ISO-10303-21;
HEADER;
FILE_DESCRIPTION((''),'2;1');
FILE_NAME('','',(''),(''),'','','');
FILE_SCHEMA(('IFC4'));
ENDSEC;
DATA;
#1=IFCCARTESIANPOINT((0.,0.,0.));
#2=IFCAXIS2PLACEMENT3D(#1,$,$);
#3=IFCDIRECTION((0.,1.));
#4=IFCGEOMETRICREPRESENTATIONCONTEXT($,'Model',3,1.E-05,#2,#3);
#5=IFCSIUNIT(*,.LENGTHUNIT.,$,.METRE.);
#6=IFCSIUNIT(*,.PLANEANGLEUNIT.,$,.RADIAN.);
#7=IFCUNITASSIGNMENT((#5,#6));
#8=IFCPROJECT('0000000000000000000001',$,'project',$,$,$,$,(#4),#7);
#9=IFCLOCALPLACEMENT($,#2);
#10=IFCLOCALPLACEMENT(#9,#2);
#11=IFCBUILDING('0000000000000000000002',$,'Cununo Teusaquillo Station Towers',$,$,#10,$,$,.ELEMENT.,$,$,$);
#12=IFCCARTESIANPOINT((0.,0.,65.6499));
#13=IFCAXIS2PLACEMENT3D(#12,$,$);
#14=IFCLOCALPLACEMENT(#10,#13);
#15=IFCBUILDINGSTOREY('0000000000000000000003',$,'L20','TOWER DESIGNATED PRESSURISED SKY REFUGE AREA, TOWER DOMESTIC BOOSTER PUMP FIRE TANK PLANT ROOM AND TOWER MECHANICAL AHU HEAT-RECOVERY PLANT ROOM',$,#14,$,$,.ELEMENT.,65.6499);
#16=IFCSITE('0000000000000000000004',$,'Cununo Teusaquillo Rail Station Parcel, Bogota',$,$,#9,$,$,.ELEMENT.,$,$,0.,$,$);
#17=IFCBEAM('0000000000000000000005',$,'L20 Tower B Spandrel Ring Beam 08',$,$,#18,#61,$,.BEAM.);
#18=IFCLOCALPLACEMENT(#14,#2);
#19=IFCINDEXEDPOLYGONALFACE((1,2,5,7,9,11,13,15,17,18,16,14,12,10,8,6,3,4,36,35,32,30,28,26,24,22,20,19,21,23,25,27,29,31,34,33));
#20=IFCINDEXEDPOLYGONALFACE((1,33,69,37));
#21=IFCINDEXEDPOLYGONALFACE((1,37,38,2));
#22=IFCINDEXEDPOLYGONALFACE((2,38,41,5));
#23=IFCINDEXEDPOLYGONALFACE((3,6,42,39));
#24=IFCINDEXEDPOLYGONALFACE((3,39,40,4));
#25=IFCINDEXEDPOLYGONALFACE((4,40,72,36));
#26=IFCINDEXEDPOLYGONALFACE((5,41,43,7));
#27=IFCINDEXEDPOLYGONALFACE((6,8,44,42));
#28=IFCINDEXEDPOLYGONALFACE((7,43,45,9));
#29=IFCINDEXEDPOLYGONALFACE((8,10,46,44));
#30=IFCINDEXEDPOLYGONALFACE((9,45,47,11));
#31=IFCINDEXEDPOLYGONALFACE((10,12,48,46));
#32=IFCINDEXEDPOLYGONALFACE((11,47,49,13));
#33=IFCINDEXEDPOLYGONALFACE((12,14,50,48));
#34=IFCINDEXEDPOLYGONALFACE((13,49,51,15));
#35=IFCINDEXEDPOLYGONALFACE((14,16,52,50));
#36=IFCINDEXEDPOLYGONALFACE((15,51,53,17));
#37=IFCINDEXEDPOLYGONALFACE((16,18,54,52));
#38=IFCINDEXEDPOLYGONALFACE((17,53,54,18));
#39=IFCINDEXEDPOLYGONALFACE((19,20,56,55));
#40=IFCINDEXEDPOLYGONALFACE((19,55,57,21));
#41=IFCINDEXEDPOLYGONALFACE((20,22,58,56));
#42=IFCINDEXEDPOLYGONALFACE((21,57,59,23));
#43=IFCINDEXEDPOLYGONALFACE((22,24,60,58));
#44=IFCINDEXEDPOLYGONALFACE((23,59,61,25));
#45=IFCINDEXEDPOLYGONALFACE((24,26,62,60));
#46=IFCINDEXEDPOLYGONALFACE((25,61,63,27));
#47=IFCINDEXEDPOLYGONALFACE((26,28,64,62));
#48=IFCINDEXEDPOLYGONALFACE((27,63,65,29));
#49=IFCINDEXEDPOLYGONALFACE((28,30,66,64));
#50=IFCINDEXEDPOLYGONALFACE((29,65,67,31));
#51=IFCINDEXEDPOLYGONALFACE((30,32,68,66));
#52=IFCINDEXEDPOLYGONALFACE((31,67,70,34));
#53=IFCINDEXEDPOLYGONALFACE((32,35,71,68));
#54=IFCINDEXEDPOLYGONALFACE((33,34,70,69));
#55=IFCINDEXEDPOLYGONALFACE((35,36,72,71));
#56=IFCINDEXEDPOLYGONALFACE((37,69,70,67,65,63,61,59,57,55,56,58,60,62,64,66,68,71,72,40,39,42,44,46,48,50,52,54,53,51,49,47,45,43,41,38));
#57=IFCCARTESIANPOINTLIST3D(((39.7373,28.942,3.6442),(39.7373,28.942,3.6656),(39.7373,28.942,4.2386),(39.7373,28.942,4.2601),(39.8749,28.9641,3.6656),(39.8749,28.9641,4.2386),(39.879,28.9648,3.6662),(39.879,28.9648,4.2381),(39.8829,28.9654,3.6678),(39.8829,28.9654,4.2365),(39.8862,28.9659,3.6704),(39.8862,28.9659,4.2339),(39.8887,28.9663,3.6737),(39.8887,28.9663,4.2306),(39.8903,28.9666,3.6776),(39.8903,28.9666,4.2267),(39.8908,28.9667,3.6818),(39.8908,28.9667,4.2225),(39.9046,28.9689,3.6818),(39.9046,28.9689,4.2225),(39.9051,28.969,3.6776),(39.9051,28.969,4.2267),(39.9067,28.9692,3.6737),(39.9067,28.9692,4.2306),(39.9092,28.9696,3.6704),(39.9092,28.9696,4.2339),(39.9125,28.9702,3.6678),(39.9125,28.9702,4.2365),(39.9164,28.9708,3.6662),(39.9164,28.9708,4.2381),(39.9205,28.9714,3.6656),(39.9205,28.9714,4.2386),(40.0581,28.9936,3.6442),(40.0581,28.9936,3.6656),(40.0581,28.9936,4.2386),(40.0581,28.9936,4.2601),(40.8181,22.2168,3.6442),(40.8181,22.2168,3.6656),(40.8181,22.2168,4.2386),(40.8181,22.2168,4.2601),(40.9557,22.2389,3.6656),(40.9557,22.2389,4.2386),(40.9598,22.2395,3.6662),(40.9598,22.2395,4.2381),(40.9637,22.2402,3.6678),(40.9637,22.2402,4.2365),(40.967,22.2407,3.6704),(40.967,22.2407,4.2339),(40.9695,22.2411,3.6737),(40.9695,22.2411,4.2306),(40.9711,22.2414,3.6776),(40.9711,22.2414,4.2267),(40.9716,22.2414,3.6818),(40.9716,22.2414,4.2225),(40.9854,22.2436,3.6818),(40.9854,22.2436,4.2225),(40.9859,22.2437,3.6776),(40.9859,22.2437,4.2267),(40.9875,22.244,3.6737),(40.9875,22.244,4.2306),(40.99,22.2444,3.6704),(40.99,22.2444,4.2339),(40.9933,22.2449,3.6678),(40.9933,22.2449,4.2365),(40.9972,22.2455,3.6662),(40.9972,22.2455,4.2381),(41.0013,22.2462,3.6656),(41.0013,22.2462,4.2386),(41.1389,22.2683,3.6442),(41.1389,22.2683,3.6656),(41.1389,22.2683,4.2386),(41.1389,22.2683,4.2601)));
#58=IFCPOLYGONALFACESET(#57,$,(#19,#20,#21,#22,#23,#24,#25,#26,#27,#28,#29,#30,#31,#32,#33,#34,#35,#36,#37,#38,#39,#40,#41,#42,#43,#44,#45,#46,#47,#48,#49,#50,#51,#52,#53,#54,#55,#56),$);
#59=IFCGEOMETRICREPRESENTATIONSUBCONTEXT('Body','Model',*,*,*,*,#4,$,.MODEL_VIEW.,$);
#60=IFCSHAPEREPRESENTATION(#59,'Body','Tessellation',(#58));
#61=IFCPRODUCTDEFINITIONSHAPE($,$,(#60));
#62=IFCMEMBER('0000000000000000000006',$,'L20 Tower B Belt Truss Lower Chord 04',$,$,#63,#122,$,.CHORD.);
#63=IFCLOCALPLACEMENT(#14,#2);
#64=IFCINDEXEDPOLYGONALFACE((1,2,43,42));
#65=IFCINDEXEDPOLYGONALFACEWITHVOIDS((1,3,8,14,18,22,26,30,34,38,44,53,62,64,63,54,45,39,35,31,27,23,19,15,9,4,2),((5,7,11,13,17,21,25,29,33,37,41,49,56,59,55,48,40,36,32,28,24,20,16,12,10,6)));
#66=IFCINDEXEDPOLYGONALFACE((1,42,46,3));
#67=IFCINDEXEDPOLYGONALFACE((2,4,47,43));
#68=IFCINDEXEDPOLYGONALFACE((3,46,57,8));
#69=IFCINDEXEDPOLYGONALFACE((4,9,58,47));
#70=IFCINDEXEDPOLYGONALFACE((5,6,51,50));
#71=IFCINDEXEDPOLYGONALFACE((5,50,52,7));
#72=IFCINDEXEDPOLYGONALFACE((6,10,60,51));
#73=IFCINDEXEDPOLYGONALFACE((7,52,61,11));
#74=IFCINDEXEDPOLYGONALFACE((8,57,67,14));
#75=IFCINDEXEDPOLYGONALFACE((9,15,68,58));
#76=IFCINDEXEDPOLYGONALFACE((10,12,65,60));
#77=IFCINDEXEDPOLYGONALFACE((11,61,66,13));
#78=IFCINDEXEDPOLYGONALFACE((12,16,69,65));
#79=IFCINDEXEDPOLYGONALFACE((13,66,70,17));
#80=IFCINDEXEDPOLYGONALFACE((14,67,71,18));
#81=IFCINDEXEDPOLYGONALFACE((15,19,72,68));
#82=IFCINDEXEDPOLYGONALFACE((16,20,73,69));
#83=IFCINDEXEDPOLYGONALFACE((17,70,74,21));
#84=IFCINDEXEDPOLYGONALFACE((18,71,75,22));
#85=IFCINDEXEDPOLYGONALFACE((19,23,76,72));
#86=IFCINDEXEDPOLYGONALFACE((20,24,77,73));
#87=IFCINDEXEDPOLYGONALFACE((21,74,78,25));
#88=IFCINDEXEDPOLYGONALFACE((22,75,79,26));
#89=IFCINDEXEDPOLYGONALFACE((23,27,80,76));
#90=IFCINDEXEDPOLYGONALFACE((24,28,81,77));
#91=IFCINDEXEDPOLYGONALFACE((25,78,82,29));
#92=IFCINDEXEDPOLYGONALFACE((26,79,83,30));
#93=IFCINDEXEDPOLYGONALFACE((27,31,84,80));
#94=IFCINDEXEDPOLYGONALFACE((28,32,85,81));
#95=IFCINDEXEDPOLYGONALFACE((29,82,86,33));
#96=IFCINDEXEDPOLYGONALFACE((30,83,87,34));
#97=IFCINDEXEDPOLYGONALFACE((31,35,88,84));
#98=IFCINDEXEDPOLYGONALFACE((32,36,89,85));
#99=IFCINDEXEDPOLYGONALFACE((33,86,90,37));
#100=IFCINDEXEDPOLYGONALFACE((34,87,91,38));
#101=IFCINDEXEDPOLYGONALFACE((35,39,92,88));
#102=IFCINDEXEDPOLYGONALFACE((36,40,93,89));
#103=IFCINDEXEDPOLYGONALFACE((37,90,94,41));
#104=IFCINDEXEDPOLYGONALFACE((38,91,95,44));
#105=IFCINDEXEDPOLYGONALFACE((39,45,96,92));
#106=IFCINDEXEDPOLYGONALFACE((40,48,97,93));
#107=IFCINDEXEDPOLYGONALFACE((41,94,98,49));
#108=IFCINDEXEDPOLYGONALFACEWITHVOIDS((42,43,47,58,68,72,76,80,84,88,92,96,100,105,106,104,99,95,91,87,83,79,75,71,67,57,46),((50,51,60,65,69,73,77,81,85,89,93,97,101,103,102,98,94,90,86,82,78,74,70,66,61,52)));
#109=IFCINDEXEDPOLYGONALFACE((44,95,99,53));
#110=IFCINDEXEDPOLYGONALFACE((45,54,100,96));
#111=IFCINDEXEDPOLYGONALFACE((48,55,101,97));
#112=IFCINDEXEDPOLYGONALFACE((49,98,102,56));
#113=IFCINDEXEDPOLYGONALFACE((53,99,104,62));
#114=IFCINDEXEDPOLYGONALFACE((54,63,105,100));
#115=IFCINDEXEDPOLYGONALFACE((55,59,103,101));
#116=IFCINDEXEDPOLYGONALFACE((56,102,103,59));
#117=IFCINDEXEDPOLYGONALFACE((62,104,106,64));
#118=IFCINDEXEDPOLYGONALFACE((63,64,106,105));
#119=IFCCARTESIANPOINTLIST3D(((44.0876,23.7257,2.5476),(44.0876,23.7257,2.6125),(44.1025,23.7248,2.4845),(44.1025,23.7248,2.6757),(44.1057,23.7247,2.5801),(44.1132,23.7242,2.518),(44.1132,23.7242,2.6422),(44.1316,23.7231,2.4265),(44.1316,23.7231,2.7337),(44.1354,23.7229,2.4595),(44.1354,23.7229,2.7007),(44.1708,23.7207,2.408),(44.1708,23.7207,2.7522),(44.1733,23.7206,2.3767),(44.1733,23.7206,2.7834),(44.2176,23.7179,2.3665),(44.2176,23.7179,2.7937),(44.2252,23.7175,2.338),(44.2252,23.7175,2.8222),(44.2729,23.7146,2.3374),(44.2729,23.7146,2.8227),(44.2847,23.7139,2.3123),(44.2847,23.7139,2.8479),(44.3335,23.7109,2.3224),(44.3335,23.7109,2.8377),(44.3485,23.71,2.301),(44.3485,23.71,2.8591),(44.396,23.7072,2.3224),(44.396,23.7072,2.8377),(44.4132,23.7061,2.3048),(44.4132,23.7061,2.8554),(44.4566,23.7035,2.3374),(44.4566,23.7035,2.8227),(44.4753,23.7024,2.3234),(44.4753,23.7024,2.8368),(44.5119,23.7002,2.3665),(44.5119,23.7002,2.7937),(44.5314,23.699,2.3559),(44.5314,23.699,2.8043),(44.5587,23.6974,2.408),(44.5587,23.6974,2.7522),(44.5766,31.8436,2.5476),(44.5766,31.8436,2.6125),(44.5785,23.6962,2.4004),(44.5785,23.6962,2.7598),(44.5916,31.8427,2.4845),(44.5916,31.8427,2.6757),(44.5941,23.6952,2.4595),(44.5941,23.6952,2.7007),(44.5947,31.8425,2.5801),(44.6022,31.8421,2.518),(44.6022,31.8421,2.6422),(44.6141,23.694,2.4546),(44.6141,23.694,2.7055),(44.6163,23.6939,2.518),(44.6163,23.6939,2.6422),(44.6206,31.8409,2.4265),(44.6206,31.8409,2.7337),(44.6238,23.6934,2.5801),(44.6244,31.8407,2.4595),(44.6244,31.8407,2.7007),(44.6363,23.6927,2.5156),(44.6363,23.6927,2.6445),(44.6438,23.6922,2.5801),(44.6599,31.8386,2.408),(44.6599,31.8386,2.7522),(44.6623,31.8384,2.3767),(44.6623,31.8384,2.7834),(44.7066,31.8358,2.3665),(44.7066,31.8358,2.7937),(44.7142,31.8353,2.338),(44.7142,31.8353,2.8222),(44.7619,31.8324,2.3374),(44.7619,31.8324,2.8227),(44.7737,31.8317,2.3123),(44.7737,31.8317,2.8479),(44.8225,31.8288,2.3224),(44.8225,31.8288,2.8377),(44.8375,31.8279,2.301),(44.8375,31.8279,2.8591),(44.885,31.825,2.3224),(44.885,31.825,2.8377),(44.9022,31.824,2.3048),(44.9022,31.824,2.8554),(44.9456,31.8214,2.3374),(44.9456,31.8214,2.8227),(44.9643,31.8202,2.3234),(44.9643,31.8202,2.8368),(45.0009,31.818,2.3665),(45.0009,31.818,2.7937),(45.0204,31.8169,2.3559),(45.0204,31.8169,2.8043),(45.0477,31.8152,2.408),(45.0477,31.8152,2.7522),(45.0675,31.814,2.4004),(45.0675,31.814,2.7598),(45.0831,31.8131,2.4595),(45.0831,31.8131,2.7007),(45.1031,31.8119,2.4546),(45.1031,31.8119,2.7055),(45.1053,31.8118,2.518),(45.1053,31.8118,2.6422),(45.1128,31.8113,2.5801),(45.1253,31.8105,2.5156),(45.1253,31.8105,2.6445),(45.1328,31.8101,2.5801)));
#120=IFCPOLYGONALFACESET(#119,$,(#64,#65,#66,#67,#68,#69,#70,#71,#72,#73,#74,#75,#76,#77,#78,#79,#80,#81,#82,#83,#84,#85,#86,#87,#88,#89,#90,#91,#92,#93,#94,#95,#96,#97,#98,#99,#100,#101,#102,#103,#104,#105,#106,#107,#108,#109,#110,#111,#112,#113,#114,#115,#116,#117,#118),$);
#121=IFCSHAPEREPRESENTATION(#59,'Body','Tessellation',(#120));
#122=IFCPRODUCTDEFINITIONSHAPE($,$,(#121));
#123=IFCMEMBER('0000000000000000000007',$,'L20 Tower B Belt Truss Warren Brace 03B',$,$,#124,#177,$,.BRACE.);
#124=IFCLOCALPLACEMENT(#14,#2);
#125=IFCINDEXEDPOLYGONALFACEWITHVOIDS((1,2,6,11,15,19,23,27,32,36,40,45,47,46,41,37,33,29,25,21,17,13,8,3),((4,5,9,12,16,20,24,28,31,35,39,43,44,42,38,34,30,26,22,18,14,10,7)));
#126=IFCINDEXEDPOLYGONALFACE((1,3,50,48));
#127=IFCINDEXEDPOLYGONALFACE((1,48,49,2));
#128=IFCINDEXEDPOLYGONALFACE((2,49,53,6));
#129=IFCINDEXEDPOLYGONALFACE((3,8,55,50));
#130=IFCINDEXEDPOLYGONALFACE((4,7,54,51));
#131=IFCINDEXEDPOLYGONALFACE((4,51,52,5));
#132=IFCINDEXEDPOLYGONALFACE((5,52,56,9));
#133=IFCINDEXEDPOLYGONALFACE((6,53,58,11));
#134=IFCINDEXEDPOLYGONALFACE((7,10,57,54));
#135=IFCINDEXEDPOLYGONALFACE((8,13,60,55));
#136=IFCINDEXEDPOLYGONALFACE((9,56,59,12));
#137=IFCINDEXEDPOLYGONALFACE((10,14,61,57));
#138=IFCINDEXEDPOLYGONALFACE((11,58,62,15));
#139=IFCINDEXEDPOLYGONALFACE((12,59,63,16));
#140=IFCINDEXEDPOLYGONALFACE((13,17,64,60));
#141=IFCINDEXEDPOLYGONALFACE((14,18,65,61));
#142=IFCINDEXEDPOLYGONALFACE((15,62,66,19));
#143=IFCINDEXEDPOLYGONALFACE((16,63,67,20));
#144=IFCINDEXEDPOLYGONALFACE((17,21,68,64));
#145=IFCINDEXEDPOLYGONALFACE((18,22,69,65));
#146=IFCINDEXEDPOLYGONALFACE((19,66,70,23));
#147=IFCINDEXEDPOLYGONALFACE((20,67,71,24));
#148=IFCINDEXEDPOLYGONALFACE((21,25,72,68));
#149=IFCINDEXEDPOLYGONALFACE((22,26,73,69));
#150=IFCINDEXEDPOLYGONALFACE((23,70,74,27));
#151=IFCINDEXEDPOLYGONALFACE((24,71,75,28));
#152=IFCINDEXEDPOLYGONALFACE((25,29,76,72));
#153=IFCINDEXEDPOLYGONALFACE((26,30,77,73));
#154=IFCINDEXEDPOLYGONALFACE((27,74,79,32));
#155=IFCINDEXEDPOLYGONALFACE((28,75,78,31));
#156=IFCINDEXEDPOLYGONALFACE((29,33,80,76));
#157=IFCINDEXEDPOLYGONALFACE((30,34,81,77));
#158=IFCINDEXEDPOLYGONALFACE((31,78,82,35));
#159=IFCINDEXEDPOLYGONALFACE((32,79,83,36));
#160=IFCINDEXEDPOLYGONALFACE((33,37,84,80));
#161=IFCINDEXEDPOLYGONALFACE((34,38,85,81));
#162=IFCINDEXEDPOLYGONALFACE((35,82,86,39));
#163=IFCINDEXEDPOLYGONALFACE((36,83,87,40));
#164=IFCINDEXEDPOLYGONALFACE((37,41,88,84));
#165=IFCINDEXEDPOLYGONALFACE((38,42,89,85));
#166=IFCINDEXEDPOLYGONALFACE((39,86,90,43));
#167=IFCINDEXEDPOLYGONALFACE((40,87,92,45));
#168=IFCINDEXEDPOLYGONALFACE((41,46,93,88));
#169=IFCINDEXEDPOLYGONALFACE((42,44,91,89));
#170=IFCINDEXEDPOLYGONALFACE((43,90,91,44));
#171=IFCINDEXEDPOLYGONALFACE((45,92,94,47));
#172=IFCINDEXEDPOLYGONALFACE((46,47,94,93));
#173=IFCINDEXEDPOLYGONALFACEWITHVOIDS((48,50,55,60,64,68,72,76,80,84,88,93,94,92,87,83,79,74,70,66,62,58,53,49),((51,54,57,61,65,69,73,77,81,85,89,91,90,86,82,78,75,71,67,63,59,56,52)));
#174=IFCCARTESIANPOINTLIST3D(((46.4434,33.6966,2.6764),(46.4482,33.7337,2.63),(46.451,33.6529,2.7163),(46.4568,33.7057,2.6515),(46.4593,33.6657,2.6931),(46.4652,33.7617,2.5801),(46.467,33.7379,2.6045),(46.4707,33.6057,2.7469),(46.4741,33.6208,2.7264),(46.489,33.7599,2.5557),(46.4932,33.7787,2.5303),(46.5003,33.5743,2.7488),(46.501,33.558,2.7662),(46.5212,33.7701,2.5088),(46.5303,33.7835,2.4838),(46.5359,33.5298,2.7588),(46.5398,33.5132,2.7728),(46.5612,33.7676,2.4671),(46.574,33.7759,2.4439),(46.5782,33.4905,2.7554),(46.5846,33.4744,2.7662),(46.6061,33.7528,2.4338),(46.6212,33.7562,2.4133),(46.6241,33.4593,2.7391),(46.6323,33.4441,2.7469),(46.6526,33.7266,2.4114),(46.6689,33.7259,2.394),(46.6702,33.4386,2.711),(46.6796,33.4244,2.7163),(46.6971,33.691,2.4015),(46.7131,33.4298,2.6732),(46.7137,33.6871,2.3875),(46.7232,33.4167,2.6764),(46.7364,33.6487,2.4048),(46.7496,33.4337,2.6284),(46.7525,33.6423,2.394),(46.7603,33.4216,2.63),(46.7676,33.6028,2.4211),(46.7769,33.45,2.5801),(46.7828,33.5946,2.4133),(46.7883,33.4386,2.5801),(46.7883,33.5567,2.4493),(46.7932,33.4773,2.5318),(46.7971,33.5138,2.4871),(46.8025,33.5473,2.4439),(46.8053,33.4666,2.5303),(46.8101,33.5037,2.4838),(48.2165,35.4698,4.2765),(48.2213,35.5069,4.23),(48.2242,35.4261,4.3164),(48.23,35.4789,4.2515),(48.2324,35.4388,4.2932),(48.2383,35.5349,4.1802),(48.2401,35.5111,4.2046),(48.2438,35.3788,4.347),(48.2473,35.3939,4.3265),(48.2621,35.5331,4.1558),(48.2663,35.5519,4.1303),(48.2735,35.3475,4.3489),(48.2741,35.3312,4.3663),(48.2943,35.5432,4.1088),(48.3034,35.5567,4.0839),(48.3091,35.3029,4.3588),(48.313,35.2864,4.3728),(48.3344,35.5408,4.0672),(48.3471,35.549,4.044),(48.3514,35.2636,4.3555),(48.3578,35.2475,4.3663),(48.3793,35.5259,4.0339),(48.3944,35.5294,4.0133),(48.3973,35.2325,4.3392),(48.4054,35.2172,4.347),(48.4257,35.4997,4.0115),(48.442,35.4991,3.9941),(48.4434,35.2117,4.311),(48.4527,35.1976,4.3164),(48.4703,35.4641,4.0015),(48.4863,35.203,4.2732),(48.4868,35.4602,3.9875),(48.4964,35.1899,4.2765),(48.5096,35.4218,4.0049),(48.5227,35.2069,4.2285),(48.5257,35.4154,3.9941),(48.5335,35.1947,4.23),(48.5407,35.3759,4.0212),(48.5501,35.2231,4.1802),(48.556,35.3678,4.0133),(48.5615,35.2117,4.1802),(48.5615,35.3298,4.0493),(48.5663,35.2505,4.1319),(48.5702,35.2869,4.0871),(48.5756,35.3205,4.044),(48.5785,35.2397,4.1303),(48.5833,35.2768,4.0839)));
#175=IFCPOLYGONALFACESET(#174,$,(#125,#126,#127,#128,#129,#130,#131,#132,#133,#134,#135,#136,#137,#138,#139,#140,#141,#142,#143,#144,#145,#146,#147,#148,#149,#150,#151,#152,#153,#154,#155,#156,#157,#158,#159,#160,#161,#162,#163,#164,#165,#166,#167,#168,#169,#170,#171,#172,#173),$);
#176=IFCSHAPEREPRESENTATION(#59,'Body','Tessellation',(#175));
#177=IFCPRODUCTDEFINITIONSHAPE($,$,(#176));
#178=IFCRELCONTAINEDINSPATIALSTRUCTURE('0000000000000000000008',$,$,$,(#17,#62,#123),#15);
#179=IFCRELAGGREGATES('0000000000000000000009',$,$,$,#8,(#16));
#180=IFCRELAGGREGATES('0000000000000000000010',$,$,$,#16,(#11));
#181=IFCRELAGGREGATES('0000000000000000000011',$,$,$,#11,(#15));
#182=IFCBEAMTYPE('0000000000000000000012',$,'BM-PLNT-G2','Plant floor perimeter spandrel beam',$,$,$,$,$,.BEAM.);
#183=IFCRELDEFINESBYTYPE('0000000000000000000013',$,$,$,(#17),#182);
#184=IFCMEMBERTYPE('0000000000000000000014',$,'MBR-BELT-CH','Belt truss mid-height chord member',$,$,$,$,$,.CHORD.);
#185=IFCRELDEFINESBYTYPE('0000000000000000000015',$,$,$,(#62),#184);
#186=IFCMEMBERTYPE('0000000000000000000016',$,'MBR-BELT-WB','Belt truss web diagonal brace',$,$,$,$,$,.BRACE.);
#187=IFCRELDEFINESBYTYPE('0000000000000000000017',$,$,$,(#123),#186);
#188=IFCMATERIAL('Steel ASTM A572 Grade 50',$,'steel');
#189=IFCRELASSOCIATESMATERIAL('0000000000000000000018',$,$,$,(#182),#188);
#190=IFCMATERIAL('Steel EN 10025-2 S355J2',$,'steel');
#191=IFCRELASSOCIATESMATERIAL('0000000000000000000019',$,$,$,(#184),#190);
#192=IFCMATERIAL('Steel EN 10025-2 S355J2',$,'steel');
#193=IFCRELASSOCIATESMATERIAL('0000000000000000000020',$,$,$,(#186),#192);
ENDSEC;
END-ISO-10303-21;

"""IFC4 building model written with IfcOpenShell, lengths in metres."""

from ifc_helpers import new_model, si_unit, direction, frame, origin, origin_2d, place, context, subcontext, project, spatial, hollow_circle, i_section, extrude, material, material_profile, profile_set, type_object, element, save


model = new_model("IFC4")

# Units and contexts
model_context = context("Model", 3, precision=1e-05, world=origin(), true_north=direction((0.0, 1.0)))
body_context = subcontext(model_context, "Body", "Model", "MODEL_VIEW")
ifc_project = project(units=[si_unit("LENGTHUNIT", "METRE"), si_unit("PLANEANGLEUNIT", "RADIAN")], contexts=[model_context])

# Site, building, storey
site_placement = place(None, origin())
site = spatial("IfcSite", under=ifc_project, at=site_placement, Name="Cununo Teusaquillo Rail Station Parcel, Bogota", CompositionType="ELEMENT", RefElevation=0.0)
building_placement = place(site_placement, origin())
building = spatial("IfcBuilding", under=site, at=building_placement, Name="Cununo Teusaquillo Station Towers", CompositionType="ELEMENT")
storey_placement = place(building_placement, frame((0.0, 0.0, 65.6499)))
storey = spatial("IfcBuildingStorey", under=building, at=storey_placement, Name="L20", Description="TOWER DESIGNATED PRESSURISED SKY REFUGE AREA, TOWER DOMESTIC BOOSTER PUMP FIRE TANK PLANT ROOM AND TOWER MECHANICAL AHU HEAT-RECOVERY PLANT ROOM", CompositionType="ELEMENT", Elevation=65.6499)

# Beam
ifc_material_1 = material(Name="Steel ASTM A572 Grade 50", Category="steel")
ifc_material_profile_1 = material_profile(ifc_material_1, i_section(OverallWidth=0.325, OverallDepth=0.616, WebThickness=0.0139, FlangeThickness=0.0215, FilletRadius=0.0161, at=origin_2d()), Name="W24X117")
ifc_profile_set_1 = profile_set([ifc_material_profile_1], Name="Steel ASTM A572 Grade 50")
beam_type_1 = type_object("IfcBeamType", Name="BM-PLNT-G2", Description="Plant floor perimeter spandrel beam", PredefinedType="BEAM", material=ifc_profile_set_1)
beam_1_placement = place(storey_placement, frame((39.8977, 28.9678, 3.9521), z_axis=(0.158671, -0.987331, 0.0), x_axis=(0.987331, 0.158671, 0.0)))
element("IfcBeam", 1, at=beam_1_placement, inside=storey, type_object=beam_type_1, Name="L20 Tower B Spandrel Ring Beam 08", PredefinedType="BEAM", context=body_context, shape_type="SweptSolid", body=[
    extrude(i_section(OverallWidth=0.325, OverallDepth=0.616, WebThickness=0.0139, FlangeThickness=0.0215, FilletRadius=0.0161, at=origin_2d()), origin(), (0.0, 0.0, 1.0), 6.8115),
])

# Members
ifc_material_2 = material(Name="Steel EN 10025-2 S355J2", Category="steel")
ifc_material_profile_2 = material_profile(ifc_material_2, hollow_circle(Radius=0.2795, WallThickness=0.02, at=origin_2d()), Name="CHS 559x20")
ifc_profile_set_2 = profile_set([ifc_material_profile_2], Name="Steel EN 10025-2 S355J2")
member_type_1 = type_object("IfcMemberType", Name="MBR-BELT-CH", Description="Belt truss mid-height chord member", PredefinedType="CHORD", material=ifc_profile_set_2)
member_1_placement = place(storey_placement, frame((44.8538, 31.8269, 2.5801), z_axis=(-0.06013, -0.998191, 0.0), x_axis=(0.998191, -0.06013, 0.0)))
element("IfcMember", 2, at=member_1_placement, inside=storey, type_object=member_type_1, Name="L20 Tower B Belt Truss Lower Chord 04", PredefinedType="CHORD", context=body_context, shape_type="SweptSolid", body=[
    extrude(hollow_circle(Radius=0.2795, WallThickness=0.02, at=origin_2d()), origin(), (0.0, 0.0, 1.0), 8.1326),
])
ifc_material_3 = material(Name="Steel EN 10025-2 S355J2", Category="steel")
ifc_material_profile_3 = material_profile(ifc_material_3, hollow_circle(Radius=0.2285, WallThickness=0.0161, at=origin_2d()), Name="CHS 457x16")
ifc_profile_set_3 = profile_set([ifc_material_profile_3], Name="Steel EN 10025-2 S355J2")
member_type_2 = type_object("IfcMemberType", Name="MBR-BELT-WB", Description="Belt truss web diagonal brace", PredefinedType="BRACE", material=ifc_profile_set_3)
for number, where, z_axis, x_axis, name in (
    (3, (48.3999, 35.3733, 4.1802), (-0.596095, -0.596095, -0.537905), (0.707107, -0.707107, 0.0), "L20 Tower B Belt Truss Warren Brace 03B"),
):
    element("IfcMember", number, at=place(storey_placement, frame(where, z_axis=z_axis, x_axis=x_axis)), inside=storey, type_object=member_type_2, Name=name, PredefinedType="BRACE", context=body_context, shape_type="SweptSolid", body=[
        extrude(hollow_circle(Radius=0.2285, WallThickness=0.0161, at=origin_2d()), origin(), (0.0, 0.0, 1.0), 2.9746),
    ])

save(model, "model.ifc")
